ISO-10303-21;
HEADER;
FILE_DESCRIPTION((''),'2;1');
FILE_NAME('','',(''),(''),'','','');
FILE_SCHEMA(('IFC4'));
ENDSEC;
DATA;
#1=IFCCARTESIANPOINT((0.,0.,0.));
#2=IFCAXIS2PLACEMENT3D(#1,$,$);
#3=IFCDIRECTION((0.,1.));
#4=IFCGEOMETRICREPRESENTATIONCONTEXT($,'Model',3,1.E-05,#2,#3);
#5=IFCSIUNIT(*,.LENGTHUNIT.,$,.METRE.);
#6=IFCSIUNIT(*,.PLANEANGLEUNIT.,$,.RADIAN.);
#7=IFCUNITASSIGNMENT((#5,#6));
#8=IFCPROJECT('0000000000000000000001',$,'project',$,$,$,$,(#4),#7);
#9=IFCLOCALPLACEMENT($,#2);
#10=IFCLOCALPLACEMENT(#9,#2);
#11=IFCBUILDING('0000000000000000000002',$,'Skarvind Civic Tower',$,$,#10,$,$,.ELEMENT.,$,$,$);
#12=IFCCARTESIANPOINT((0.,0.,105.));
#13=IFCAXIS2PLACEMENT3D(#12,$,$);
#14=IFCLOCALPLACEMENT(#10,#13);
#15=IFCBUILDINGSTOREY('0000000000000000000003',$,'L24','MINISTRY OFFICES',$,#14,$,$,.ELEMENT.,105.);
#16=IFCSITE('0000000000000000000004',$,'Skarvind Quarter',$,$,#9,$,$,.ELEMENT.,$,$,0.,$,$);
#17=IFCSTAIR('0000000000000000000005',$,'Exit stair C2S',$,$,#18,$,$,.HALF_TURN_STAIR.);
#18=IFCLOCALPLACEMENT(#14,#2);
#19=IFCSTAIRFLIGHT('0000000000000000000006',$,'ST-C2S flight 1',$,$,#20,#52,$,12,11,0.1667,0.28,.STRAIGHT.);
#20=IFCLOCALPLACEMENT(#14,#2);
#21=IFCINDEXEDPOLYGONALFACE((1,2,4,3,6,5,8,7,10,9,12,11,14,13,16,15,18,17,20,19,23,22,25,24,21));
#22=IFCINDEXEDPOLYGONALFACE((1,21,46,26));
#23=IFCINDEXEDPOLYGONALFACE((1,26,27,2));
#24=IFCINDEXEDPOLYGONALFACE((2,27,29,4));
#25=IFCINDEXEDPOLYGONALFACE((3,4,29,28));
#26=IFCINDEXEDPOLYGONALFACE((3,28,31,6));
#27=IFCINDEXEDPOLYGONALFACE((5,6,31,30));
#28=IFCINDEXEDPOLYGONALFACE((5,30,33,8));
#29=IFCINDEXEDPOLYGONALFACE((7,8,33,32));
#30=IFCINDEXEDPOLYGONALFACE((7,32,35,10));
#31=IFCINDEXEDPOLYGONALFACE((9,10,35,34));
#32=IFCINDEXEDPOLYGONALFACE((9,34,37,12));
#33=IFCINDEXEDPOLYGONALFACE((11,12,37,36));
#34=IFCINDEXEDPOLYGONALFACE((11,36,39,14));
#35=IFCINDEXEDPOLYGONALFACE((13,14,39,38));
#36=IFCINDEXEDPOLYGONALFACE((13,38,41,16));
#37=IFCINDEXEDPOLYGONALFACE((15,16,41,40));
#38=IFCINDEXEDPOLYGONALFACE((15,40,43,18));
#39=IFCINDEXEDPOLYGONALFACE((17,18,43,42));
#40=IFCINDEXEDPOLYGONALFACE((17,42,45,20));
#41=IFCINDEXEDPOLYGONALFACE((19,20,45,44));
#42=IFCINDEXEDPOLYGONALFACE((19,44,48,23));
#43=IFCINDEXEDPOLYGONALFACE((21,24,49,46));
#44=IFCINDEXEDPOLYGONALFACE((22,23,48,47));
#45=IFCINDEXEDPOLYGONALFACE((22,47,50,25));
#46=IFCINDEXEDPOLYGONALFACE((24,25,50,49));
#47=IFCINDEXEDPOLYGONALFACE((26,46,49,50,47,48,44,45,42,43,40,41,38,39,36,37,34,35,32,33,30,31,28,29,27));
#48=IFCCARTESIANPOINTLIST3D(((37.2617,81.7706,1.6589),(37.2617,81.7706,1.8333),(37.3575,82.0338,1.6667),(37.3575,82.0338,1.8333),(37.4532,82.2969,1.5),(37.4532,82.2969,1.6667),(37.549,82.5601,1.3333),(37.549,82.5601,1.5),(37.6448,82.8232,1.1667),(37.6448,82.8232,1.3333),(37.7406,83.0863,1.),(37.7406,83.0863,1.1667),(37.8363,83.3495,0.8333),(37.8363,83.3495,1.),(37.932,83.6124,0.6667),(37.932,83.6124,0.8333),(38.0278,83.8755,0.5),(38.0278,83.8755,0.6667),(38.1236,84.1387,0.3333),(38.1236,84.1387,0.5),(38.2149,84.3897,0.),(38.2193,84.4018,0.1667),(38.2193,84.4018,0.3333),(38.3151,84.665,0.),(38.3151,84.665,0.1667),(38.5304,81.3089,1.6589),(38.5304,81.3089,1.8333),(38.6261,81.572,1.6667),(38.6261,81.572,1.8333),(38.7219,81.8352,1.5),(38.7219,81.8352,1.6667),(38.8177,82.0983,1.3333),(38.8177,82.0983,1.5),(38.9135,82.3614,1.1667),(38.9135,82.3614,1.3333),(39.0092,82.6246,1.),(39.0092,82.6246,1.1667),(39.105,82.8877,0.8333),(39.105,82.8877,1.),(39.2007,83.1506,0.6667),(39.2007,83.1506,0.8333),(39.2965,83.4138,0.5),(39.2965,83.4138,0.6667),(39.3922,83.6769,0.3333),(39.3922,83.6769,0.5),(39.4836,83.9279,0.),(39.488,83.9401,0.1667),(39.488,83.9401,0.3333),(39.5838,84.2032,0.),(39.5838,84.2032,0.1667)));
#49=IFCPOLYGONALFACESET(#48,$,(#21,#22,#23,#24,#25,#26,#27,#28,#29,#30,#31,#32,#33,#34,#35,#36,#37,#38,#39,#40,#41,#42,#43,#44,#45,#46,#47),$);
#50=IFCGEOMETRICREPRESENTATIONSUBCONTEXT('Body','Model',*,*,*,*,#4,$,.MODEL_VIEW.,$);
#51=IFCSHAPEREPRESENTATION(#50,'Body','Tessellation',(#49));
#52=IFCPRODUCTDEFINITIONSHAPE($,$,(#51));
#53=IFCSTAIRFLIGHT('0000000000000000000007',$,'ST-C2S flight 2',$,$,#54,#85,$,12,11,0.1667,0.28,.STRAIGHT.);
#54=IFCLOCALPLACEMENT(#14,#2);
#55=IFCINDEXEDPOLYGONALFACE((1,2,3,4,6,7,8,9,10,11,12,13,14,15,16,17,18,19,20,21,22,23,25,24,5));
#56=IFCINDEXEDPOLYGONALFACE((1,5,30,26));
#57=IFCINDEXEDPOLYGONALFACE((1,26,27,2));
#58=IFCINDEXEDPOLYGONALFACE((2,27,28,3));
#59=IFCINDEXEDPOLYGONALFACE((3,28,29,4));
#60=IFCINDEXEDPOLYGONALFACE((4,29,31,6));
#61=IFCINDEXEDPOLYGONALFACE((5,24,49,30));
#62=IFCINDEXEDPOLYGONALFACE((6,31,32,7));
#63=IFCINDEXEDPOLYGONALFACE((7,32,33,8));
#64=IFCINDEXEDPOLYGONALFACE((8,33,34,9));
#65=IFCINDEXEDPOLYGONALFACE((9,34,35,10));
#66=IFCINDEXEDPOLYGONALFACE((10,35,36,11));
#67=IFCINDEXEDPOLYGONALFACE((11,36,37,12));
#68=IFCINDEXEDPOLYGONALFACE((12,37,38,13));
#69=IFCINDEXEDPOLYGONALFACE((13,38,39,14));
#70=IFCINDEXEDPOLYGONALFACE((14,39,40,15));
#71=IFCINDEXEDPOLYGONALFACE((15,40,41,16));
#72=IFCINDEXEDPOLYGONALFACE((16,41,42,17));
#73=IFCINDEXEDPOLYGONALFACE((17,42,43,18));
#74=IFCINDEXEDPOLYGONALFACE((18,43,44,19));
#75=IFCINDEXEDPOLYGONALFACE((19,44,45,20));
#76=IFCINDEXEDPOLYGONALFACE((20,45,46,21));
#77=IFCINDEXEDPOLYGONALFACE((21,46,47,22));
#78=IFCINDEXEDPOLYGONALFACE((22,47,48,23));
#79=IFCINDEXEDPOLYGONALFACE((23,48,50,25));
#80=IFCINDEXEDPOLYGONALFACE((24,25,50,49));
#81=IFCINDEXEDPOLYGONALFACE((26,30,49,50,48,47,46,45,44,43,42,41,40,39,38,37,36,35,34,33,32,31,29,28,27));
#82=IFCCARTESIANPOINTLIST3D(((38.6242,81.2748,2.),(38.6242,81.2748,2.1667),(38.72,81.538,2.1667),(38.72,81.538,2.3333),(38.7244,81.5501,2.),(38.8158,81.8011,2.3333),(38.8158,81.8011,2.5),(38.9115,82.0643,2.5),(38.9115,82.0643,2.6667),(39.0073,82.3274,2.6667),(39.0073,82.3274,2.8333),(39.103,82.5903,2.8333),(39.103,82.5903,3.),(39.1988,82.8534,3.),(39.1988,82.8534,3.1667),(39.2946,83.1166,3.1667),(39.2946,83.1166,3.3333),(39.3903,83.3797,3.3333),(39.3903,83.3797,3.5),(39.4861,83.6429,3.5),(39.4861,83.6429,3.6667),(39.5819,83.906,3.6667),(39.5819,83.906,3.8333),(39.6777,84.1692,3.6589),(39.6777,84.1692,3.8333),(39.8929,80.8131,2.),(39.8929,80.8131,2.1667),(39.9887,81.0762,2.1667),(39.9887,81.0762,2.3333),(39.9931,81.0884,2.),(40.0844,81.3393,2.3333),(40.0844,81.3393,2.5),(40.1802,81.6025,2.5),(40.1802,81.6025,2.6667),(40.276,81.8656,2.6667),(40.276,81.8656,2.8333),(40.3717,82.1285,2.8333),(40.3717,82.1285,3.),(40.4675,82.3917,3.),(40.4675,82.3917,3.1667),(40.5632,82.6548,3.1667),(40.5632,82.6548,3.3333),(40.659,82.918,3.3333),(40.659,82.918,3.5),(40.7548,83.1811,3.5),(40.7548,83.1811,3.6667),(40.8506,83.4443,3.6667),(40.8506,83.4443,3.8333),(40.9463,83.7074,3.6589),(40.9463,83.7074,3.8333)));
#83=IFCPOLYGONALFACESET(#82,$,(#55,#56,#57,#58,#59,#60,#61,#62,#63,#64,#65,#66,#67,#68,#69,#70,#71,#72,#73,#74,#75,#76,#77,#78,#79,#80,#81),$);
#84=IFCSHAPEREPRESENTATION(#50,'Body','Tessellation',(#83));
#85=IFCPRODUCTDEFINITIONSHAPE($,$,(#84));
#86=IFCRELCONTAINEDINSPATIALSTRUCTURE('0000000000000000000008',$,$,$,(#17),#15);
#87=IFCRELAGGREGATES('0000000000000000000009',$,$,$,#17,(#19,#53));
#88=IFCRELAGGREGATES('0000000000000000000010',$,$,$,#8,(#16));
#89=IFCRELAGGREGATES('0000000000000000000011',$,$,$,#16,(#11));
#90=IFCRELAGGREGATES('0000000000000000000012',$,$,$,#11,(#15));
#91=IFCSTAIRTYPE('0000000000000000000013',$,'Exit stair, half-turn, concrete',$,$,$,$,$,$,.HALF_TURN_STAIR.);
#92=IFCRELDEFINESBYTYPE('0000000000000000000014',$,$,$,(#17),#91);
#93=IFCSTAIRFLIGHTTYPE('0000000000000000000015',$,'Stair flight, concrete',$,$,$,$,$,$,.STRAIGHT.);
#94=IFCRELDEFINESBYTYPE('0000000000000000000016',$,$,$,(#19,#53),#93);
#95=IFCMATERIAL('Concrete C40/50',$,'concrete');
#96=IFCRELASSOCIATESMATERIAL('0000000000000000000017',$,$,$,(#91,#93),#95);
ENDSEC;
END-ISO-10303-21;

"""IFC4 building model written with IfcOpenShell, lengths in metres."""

from ifc_helpers import new_model, si_unit, direction, frame, origin, place, context, subcontext, project, spatial, polyline, outline, extrude, material, type_object, element, aggregate, save


model = new_model("IFC4")

# Units and contexts
model_context = context("Model", 3, precision=1e-05, world=origin(), true_north=direction((0.0, 1.0)))
body_context = subcontext(model_context, "Body", "Model", "MODEL_VIEW")
ifc_project = project(units=[si_unit("LENGTHUNIT", "METRE"), si_unit("PLANEANGLEUNIT", "RADIAN")], contexts=[model_context])

# Site, building, storey
site_placement = place(None, origin())
site = spatial("IfcSite", under=ifc_project, at=site_placement, Name="Skarvind Quarter", CompositionType="ELEMENT", RefElevation=0.0)
building_placement = place(site_placement, origin())
building = spatial("IfcBuilding", under=site, at=building_placement, Name="Skarvind Civic Tower", CompositionType="ELEMENT")
storey_placement = place(building_placement, frame((0.0, 0.0, 105.0)))
storey = spatial("IfcBuildingStorey", under=building, at=storey_placement, Name="L24", Description="MINISTRY OFFICES", CompositionType="ELEMENT", Elevation=105.0)

# Stair, stair flights
ifc_material_1 = material(Name="Concrete C40/50", Category="concrete")
stair_type = type_object("IfcStairType", Name="Exit stair, half-turn, concrete", PredefinedType="HALF_TURN_STAIR", material=ifc_material_1)
stair_placement = place(storey_placement, origin())
stair = element("IfcStair", 1, at=stair_placement, inside=storey, type_object=stair_type, Name="Exit stair C2S", PredefinedType="HALF_TURN_STAIR")
stair_flight_type = type_object("IfcStairFlightType", Name="Stair flight, concrete", PredefinedType="STRAIGHT", material=ifc_material_1)
stair_flight_1_placement = place(storey_placement, frame((38.9495, 84.4341, 0.0), z_axis=(0.0, 0.0, 1.0), x_axis=(-0.34202, -0.939693, 0.0)))
stair_flight_1 = element("IfcStairFlight", 2, at=stair_flight_1_placement, type_object=stair_flight_type, Name="ST-C2S flight 1", NumberOfRisers=12, NumberOfTreads=11, PredefinedType="STRAIGHT", RiserHeight=0.1667, TreadLength=0.28, context=body_context, shape_type="SweptSolid", body=[
    extrude(outline(polyline([(0.0, 0.0), (0.0, 0.1667), (0.28, 0.1667), (0.28, 0.3333), (0.5601, 0.3333), (0.5601, 0.5), (0.8401, 0.5), (0.8401, 0.6667), (1.1201, 0.6667), (1.1201, 0.8333), (1.3999, 0.8333), (1.3999, 1.0), (1.6799, 1.0), (1.6799, 1.1667), (1.96, 1.1667), (1.96, 1.3333), (2.24, 1.3333), (2.24, 1.5), (2.52, 1.5), (2.52, 1.6667), (2.8, 1.6667), (2.8, 1.8333), (3.0801, 1.8333), (3.0801, 2.0), (3.0801, 1.6589), (0.293, 0.0), (0.0, 0.0)])), frame((0.0, 0.675, 0.0), z_axis=(0.0, -1.0, 0.0), x_axis=(1.0, 0.0, 0.0)), (0.0, 0.0, 1.0), 1.3501),
])
stair_flight_2_placement = place(storey_placement, frame((39.2585, 81.0439, 2.0), z_axis=(0.0, 0.0, 1.0), x_axis=(0.34202, 0.939693, 0.0)))
stair_flight_2 = element("IfcStairFlight", 3, at=stair_flight_2_placement, type_object=stair_flight_type, Name="ST-C2S flight 2", NumberOfRisers=12, NumberOfTreads=11, PredefinedType="STRAIGHT", RiserHeight=0.1667, TreadLength=0.28, context=body_context, shape_type="SweptSolid", body=[
    extrude(outline(polyline([(0.0, 0.0), (0.0, 0.1667), (0.28, 0.1667), (0.28, 0.3333), (0.5601, 0.3333), (0.5601, 0.5), (0.8401, 0.5), (0.8401, 0.6667), (1.1201, 0.6667), (1.1201, 0.8333), (1.3999, 0.8333), (1.3999, 1.0), (1.6799, 1.0), (1.6799, 1.1667), (1.96, 1.1667), (1.96, 1.3333), (2.24, 1.3333), (2.24, 1.5), (2.52, 1.5), (2.52, 1.6667), (2.8, 1.6667), (2.8, 1.8333), (3.0801, 1.8333), (3.0801, 2.0), (3.0801, 1.6589), (0.293, 0.0), (0.0, 0.0)])), frame((0.0, 0.675, 0.0), z_axis=(0.0, -1.0, 0.0), x_axis=(1.0, 0.0, 0.0)), (0.0, 0.0, 1.0), 1.3501),
])
aggregate(stair, [stair_flight_1, stair_flight_2])

save(model, "model.ifc")
